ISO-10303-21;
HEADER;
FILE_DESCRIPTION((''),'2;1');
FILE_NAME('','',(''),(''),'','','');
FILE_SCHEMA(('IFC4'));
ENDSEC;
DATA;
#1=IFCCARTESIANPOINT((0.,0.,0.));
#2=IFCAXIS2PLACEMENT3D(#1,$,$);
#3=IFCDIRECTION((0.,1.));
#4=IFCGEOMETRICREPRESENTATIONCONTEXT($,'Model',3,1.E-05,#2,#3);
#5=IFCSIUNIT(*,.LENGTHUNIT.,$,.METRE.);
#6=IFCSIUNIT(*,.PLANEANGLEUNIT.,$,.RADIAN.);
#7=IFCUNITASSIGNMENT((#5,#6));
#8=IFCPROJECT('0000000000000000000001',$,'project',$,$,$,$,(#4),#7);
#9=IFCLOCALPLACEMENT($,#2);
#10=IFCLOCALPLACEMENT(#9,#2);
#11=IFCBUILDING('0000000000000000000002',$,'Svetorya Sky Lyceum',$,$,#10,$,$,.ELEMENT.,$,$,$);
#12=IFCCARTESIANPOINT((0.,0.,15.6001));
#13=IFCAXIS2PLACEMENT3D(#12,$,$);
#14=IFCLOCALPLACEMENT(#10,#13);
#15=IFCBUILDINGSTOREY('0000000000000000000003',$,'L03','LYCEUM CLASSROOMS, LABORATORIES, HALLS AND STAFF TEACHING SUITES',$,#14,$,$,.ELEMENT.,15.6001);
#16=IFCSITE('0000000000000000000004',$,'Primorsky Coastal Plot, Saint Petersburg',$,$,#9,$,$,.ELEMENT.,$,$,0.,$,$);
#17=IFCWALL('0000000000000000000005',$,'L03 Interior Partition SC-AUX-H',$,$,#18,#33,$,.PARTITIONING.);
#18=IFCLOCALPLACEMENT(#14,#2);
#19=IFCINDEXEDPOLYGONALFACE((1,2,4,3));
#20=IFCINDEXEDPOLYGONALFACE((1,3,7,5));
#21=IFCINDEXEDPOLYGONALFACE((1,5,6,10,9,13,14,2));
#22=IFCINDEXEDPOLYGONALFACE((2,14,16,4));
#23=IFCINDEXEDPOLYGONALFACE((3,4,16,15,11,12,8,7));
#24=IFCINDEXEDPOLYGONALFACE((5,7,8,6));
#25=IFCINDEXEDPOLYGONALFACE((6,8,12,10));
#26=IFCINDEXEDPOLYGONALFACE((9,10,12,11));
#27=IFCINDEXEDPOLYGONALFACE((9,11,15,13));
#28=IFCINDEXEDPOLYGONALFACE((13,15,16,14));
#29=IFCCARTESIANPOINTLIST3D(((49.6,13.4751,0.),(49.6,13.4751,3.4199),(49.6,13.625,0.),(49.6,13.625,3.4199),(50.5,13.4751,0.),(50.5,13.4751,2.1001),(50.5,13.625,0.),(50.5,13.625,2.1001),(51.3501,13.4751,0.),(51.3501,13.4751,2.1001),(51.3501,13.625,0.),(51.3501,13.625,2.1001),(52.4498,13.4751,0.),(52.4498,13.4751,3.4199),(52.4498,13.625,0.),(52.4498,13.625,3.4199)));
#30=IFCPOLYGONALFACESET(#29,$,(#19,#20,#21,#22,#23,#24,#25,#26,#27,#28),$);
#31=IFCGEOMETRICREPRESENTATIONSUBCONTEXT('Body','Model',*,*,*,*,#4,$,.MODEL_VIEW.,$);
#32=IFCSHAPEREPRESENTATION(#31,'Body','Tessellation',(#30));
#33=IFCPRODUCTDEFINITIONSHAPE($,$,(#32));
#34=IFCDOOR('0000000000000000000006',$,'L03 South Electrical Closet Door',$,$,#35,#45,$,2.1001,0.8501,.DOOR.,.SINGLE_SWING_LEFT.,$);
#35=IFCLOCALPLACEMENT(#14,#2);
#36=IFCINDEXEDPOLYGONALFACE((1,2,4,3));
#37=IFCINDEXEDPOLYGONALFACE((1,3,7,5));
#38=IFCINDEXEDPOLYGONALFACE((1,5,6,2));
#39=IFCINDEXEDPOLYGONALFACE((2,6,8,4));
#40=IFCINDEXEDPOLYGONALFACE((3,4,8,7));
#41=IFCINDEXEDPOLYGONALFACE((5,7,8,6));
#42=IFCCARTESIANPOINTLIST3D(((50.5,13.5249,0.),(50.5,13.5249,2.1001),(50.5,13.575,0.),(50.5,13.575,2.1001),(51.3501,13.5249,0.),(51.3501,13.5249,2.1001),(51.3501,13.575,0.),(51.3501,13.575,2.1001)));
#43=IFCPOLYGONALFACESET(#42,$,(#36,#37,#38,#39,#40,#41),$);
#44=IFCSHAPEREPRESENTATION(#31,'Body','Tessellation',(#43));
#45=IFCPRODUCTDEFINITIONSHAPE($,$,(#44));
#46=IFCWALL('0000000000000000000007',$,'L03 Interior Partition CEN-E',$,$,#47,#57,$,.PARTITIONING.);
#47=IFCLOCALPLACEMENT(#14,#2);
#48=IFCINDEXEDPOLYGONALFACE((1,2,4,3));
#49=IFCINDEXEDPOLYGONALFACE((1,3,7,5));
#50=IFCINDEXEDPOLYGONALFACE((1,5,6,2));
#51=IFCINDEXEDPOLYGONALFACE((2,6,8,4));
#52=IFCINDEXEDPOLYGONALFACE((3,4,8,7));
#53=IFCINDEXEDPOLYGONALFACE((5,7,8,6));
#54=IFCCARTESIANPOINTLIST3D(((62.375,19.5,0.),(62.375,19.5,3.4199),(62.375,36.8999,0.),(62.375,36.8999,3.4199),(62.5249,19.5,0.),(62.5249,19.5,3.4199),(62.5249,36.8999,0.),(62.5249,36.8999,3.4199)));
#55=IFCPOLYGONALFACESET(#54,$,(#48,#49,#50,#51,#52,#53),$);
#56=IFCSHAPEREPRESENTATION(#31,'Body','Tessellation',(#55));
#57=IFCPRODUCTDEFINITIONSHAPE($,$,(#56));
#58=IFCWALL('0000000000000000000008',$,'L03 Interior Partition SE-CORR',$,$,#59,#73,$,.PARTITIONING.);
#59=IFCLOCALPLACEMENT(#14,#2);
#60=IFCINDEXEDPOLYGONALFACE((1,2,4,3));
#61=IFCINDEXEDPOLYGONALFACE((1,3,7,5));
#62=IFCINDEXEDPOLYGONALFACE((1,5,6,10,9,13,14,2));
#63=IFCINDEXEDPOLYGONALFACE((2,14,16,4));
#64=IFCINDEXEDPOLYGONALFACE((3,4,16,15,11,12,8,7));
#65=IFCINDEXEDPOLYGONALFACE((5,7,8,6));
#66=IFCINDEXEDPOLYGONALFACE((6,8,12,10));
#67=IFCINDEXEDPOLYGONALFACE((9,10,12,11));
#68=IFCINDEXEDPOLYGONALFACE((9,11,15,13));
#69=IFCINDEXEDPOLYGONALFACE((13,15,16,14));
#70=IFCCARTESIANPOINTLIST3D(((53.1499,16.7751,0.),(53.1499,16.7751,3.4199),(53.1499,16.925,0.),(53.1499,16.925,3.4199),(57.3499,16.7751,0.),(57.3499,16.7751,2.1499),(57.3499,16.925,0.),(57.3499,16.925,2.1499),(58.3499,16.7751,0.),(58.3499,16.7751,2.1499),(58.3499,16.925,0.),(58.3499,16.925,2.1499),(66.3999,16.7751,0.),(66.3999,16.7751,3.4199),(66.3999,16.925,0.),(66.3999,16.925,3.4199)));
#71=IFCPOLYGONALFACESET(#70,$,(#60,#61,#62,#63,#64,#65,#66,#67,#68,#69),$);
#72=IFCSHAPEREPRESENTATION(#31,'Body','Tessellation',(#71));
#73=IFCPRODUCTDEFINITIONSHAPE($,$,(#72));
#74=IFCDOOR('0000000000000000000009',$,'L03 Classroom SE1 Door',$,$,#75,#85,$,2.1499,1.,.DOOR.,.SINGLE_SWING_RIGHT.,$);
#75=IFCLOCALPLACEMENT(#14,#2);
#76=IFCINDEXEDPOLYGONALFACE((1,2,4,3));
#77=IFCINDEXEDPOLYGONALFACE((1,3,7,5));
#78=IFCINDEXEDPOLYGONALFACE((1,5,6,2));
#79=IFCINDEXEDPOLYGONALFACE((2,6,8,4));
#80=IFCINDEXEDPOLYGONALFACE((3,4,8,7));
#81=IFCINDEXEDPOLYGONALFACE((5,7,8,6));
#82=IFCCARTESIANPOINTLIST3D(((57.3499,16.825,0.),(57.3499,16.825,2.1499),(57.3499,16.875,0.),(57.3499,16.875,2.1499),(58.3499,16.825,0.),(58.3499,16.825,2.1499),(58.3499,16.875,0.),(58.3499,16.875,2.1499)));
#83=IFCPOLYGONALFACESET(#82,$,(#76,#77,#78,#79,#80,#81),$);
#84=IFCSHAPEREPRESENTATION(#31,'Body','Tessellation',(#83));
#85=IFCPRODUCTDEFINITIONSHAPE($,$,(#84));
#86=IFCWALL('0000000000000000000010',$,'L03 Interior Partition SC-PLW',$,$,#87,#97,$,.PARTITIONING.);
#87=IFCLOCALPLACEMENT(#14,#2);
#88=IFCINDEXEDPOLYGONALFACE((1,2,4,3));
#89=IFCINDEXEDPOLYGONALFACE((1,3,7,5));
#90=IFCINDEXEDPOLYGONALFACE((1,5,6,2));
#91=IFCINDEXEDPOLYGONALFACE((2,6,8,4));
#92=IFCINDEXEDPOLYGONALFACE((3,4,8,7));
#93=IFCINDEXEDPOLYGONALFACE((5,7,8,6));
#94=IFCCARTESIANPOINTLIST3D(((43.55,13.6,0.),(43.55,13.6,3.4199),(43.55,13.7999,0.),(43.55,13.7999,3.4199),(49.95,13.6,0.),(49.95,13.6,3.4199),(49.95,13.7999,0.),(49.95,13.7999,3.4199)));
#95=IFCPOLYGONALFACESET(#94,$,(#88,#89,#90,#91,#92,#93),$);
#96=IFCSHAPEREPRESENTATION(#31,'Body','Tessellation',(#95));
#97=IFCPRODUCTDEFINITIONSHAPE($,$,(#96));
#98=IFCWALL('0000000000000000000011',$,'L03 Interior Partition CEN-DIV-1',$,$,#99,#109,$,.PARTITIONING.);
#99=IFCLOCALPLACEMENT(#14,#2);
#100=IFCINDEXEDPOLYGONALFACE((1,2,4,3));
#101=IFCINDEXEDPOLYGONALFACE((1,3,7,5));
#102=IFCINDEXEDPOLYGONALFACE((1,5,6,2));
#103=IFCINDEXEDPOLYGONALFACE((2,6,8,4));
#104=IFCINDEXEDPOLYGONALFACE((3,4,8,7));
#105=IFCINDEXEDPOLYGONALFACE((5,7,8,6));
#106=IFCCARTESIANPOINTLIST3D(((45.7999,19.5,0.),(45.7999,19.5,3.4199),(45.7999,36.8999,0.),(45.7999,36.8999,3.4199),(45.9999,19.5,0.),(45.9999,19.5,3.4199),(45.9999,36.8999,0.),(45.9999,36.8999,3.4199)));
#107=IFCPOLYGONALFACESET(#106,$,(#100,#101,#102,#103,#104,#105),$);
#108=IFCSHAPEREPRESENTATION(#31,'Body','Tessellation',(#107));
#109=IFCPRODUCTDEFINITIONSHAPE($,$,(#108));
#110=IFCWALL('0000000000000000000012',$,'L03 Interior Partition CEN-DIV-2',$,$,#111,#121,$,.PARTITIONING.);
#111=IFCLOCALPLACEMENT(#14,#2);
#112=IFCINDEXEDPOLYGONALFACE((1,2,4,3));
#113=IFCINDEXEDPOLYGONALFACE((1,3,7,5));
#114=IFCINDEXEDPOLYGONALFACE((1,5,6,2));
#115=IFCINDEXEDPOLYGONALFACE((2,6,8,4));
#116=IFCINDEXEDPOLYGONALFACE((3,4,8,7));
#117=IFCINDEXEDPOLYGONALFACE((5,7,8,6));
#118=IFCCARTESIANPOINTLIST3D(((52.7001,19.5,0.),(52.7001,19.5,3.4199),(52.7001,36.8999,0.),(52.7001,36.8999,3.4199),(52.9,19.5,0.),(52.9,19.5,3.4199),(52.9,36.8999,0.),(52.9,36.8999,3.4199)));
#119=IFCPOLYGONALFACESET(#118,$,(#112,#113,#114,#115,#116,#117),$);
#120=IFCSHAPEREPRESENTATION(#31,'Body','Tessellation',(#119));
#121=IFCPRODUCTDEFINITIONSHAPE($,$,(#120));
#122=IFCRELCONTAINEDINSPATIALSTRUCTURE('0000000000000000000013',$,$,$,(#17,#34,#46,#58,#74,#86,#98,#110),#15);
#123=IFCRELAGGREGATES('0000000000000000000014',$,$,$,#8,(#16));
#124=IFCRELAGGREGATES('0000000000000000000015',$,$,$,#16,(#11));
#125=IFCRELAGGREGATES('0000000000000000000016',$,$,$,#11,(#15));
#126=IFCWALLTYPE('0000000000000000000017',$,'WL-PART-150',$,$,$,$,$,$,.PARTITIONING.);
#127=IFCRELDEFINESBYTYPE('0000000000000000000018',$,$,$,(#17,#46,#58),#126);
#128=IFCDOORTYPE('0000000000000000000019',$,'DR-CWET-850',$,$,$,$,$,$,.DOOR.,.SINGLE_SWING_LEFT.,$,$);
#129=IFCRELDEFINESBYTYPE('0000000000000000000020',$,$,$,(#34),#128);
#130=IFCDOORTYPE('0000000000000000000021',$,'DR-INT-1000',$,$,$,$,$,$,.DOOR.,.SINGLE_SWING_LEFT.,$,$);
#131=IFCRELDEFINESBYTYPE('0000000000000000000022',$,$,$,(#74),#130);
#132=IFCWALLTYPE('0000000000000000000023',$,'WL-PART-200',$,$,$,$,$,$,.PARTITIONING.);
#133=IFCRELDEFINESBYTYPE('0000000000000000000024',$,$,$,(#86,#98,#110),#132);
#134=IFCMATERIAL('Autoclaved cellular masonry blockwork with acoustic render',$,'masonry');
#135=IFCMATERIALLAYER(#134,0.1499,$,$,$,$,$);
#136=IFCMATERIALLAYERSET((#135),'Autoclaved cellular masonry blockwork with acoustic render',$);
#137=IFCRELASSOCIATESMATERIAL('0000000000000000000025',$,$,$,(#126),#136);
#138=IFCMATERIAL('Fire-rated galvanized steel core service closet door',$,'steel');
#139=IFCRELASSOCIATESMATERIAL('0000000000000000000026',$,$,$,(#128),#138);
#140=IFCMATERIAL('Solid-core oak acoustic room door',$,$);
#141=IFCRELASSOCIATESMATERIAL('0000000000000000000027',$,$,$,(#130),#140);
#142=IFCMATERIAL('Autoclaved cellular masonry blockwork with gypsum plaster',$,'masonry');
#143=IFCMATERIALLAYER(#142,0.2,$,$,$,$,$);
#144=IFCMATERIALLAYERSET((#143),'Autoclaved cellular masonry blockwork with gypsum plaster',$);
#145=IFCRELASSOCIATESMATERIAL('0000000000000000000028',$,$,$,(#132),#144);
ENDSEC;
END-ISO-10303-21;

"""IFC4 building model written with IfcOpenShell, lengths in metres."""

from ifc_helpers import new_model, si_unit, direction, frame, frame_2d, origin, place, context, subcontext, project, spatial, rectangle, extrude, material, layer, layer_set, type_object, element, fill, save


model = new_model("IFC4")

# Units and contexts
model_context = context("Model", 3, precision=1e-05, world=origin(), true_north=direction((0.0, 1.0)))
body_context = subcontext(model_context, "Body", "Model", "MODEL_VIEW")
ifc_project = project(units=[si_unit("LENGTHUNIT", "METRE"), si_unit("PLANEANGLEUNIT", "RADIAN")], contexts=[model_context])

# Site, building, storey
site_placement = place(None, origin())
site = spatial("IfcSite", under=ifc_project, at=site_placement, Name="Primorsky Coastal Plot, Saint Petersburg", CompositionType="ELEMENT", RefElevation=0.0)
building_placement = place(site_placement, origin())
building = spatial("IfcBuilding", under=site, at=building_placement, Name="Svetorya Sky Lyceum", CompositionType="ELEMENT")
storey_placement = place(building_placement, frame((0.0, 0.0, 15.6001)))
storey = spatial("IfcBuildingStorey", under=building, at=storey_placement, Name="L03", Description="LYCEUM CLASSROOMS, LABORATORIES, HALLS AND STAFF TEACHING SUITES", CompositionType="ELEMENT", Elevation=15.6001)

# Shared definitions
ifc_material_1 = material(Name="Autoclaved cellular masonry blockwork with acoustic render", Category="masonry")
ifc_layer_1 = layer(ifc_material_1, 0.1499)
ifc_layer_set_1 = layer_set([ifc_layer_1], Name="Autoclaved cellular masonry blockwork with acoustic render")
wall_type_1 = type_object("IfcWallType", Name="WL-PART-150", PredefinedType="PARTITIONING", material=ifc_layer_set_1)

# Wall, opening, door
wall_1_placement = place(storey_placement, frame((49.6001, 13.55, 0.0), z_axis=(0.0, 0.0, 1.0), x_axis=(1.0, 0.0, 0.0)))
wall_1 = element("IfcWall", 1, at=wall_1_placement, inside=storey, type_object=wall_type_1, Name="L03 Interior Partition SC-AUX-H", PredefinedType="PARTITIONING", context=body_context, shape_type="SweptSolid", body=[
    extrude(rectangle(XDim=2.8499, YDim=0.1499, at=frame_2d((1.4248, 0.0))), origin(), (0.0, 0.0, 1.0), 3.4199),
])
opening_1_placement = place(wall_1_placement, frame((0.8999, 0.0, 0.0)))
opening_1 = element("IfcOpeningElement", 2, at=opening_1_placement, cuts=wall_1, PredefinedType="OPENING", context=body_context, shape_type="SweptSolid", body=[
    extrude(rectangle(XDim=0.8501, YDim=2.1001, at=frame_2d((0.425, 1.05))), frame((0.0, 0.085, 0.0), z_axis=(0.0, -1.0, 0.0), x_axis=(1.0, 0.0, 0.0)), (0.0, 0.0, 1.0), 0.1699),
])
ifc_material_2 = material(Name="Fire-rated galvanized steel core service closet door", Category="steel")
door_type_1 = type_object("IfcDoorType", Name="DR-CWET-850", OperationType="SINGLE_SWING_LEFT", PredefinedType="DOOR", material=ifc_material_2)
door_1_placement = place(opening_1_placement, origin())
door_1 = element("IfcDoor", 3, at=door_1_placement, inside=storey, type_object=door_type_1, Name="L03 South Electrical Closet Door", OperationType="SINGLE_SWING_LEFT", OverallHeight=2.1001, OverallWidth=0.8501, PredefinedType="DOOR", context=body_context, shape_type="SweptSolid", body=[
    extrude(rectangle(XDim=0.8501, YDim=2.1001, at=frame_2d((0.425, 1.05))), frame((0.0, 0.0249, 0.0), z_axis=(0.0, -1.0, 0.0), x_axis=(1.0, 0.0, 0.0)), (0.0, 0.0, 1.0), 0.05),
])
fill(opening_1, door_1)

# Wall
wall_2_placement = place(storey_placement, frame((62.45, 19.5, 0.0), z_axis=(0.0, 0.0, 1.0), x_axis=(0.0, 1.0, 0.0)))
element("IfcWall", 4, at=wall_2_placement, inside=storey, type_object=wall_type_1, Name="L03 Interior Partition CEN-E", PredefinedType="PARTITIONING", context=body_context, shape_type="SweptSolid", body=[
    extrude(rectangle(XDim=17.3999, YDim=0.1499, at=frame_2d((8.7, 0.0))), origin(), (0.0, 0.0, 1.0), 3.4199),
])

# Wall, opening, door
wall_3_placement = place(storey_placement, frame((53.1499, 16.8501, 0.0), z_axis=(0.0, 0.0, 1.0), x_axis=(1.0, 0.0, 0.0)))
wall_3 = element("IfcWall", 5, at=wall_3_placement, inside=storey, type_object=wall_type_1, Name="L03 Interior Partition SE-CORR", PredefinedType="PARTITIONING", context=body_context, shape_type="SweptSolid", body=[
    extrude(rectangle(XDim=13.25, YDim=0.1499, at=frame_2d((6.625, 0.0))), origin(), (0.0, 0.0, 1.0), 3.4199),
])
opening_2_placement = place(wall_3_placement, frame((4.2, 0.0, 0.0)))
opening_2 = element("IfcOpeningElement", 6, at=opening_2_placement, cuts=wall_3, PredefinedType="OPENING", context=body_context, shape_type="SweptSolid", body=[
    extrude(rectangle(XDim=1.0, YDim=2.1499, at=frame_2d((0.5, 1.075))), frame((0.0, 0.085, 0.0), z_axis=(0.0, -1.0, 0.0), x_axis=(1.0, 0.0, 0.0)), (0.0, 0.0, 1.0), 0.1699),
])
ifc_material_3 = material(Name="Solid-core oak acoustic room door")
door_type_2 = type_object("IfcDoorType", Name="DR-INT-1000", OperationType="SINGLE_SWING_LEFT", PredefinedType="DOOR", material=ifc_material_3)
door_2_placement = place(opening_2_placement, origin())
door_2 = element("IfcDoor", 7, at=door_2_placement, inside=storey, type_object=door_type_2, Name="L03 Classroom SE1 Door", OperationType="SINGLE_SWING_RIGHT", OverallHeight=2.1499, OverallWidth=1.0, PredefinedType="DOOR", context=body_context, shape_type="SweptSolid", body=[
    extrude(rectangle(XDim=1.0, YDim=2.1499, at=frame_2d((0.5, 1.075))), frame((0.0, 0.0249, 0.0), z_axis=(0.0, -1.0, 0.0), x_axis=(1.0, 0.0, 0.0)), (0.0, 0.0, 1.0), 0.05),
])
fill(opening_2, door_2)

# Shared definitions
ifc_material_4 = material(Name="Autoclaved cellular masonry blockwork with gypsum plaster", Category="masonry")
ifc_layer_2 = layer(ifc_material_4, 0.2)
ifc_layer_set_2 = layer_set([ifc_layer_2], Name="Autoclaved cellular masonry blockwork with gypsum plaster")
wall_type_2 = type_object("IfcWallType", Name="WL-PART-200", PredefinedType="PARTITIONING", material=ifc_layer_set_2)

# Walls
wall_4_placement = place(storey_placement, frame((43.55, 13.7, 0.0), z_axis=(0.0, 0.0, 1.0), x_axis=(1.0, 0.0, 0.0)))
element("IfcWall", 8, at=wall_4_placement, inside=storey, type_object=wall_type_2, Name="L03 Interior Partition SC-PLW", PredefinedType="PARTITIONING", context=body_context, shape_type="SweptSolid", body=[
    extrude(rectangle(XDim=6.3999, YDim=0.2, at=frame_2d((3.2, 0.0))), origin(), (0.0, 0.0, 1.0), 3.4199),
])
for number, where, z_axis, x_axis, name in (
    (9, (45.8999, 19.5, 0.0), (0.0, 0.0, 1.0), (0.0, 1.0, 0.0), "L03 Interior Partition CEN-DIV-1"),
    (10, (52.8, 19.5, 0.0), (0.0, 0.0, 1.0), (0.0, 1.0, 0.0), "L03 Interior Partition CEN-DIV-2"),
):
    element("IfcWall", number, at=place(storey_placement, frame(where, z_axis=z_axis, x_axis=x_axis)), inside=storey, type_object=wall_type_2, Name=name, PredefinedType="PARTITIONING", context=body_context, shape_type="SweptSolid", body=[
        extrude(rectangle(XDim=17.3999, YDim=0.2, at=frame_2d((8.7, 0.0))), origin(), (0.0, 0.0, 1.0), 3.4199),
    ])

save(model, "model.ifc")
